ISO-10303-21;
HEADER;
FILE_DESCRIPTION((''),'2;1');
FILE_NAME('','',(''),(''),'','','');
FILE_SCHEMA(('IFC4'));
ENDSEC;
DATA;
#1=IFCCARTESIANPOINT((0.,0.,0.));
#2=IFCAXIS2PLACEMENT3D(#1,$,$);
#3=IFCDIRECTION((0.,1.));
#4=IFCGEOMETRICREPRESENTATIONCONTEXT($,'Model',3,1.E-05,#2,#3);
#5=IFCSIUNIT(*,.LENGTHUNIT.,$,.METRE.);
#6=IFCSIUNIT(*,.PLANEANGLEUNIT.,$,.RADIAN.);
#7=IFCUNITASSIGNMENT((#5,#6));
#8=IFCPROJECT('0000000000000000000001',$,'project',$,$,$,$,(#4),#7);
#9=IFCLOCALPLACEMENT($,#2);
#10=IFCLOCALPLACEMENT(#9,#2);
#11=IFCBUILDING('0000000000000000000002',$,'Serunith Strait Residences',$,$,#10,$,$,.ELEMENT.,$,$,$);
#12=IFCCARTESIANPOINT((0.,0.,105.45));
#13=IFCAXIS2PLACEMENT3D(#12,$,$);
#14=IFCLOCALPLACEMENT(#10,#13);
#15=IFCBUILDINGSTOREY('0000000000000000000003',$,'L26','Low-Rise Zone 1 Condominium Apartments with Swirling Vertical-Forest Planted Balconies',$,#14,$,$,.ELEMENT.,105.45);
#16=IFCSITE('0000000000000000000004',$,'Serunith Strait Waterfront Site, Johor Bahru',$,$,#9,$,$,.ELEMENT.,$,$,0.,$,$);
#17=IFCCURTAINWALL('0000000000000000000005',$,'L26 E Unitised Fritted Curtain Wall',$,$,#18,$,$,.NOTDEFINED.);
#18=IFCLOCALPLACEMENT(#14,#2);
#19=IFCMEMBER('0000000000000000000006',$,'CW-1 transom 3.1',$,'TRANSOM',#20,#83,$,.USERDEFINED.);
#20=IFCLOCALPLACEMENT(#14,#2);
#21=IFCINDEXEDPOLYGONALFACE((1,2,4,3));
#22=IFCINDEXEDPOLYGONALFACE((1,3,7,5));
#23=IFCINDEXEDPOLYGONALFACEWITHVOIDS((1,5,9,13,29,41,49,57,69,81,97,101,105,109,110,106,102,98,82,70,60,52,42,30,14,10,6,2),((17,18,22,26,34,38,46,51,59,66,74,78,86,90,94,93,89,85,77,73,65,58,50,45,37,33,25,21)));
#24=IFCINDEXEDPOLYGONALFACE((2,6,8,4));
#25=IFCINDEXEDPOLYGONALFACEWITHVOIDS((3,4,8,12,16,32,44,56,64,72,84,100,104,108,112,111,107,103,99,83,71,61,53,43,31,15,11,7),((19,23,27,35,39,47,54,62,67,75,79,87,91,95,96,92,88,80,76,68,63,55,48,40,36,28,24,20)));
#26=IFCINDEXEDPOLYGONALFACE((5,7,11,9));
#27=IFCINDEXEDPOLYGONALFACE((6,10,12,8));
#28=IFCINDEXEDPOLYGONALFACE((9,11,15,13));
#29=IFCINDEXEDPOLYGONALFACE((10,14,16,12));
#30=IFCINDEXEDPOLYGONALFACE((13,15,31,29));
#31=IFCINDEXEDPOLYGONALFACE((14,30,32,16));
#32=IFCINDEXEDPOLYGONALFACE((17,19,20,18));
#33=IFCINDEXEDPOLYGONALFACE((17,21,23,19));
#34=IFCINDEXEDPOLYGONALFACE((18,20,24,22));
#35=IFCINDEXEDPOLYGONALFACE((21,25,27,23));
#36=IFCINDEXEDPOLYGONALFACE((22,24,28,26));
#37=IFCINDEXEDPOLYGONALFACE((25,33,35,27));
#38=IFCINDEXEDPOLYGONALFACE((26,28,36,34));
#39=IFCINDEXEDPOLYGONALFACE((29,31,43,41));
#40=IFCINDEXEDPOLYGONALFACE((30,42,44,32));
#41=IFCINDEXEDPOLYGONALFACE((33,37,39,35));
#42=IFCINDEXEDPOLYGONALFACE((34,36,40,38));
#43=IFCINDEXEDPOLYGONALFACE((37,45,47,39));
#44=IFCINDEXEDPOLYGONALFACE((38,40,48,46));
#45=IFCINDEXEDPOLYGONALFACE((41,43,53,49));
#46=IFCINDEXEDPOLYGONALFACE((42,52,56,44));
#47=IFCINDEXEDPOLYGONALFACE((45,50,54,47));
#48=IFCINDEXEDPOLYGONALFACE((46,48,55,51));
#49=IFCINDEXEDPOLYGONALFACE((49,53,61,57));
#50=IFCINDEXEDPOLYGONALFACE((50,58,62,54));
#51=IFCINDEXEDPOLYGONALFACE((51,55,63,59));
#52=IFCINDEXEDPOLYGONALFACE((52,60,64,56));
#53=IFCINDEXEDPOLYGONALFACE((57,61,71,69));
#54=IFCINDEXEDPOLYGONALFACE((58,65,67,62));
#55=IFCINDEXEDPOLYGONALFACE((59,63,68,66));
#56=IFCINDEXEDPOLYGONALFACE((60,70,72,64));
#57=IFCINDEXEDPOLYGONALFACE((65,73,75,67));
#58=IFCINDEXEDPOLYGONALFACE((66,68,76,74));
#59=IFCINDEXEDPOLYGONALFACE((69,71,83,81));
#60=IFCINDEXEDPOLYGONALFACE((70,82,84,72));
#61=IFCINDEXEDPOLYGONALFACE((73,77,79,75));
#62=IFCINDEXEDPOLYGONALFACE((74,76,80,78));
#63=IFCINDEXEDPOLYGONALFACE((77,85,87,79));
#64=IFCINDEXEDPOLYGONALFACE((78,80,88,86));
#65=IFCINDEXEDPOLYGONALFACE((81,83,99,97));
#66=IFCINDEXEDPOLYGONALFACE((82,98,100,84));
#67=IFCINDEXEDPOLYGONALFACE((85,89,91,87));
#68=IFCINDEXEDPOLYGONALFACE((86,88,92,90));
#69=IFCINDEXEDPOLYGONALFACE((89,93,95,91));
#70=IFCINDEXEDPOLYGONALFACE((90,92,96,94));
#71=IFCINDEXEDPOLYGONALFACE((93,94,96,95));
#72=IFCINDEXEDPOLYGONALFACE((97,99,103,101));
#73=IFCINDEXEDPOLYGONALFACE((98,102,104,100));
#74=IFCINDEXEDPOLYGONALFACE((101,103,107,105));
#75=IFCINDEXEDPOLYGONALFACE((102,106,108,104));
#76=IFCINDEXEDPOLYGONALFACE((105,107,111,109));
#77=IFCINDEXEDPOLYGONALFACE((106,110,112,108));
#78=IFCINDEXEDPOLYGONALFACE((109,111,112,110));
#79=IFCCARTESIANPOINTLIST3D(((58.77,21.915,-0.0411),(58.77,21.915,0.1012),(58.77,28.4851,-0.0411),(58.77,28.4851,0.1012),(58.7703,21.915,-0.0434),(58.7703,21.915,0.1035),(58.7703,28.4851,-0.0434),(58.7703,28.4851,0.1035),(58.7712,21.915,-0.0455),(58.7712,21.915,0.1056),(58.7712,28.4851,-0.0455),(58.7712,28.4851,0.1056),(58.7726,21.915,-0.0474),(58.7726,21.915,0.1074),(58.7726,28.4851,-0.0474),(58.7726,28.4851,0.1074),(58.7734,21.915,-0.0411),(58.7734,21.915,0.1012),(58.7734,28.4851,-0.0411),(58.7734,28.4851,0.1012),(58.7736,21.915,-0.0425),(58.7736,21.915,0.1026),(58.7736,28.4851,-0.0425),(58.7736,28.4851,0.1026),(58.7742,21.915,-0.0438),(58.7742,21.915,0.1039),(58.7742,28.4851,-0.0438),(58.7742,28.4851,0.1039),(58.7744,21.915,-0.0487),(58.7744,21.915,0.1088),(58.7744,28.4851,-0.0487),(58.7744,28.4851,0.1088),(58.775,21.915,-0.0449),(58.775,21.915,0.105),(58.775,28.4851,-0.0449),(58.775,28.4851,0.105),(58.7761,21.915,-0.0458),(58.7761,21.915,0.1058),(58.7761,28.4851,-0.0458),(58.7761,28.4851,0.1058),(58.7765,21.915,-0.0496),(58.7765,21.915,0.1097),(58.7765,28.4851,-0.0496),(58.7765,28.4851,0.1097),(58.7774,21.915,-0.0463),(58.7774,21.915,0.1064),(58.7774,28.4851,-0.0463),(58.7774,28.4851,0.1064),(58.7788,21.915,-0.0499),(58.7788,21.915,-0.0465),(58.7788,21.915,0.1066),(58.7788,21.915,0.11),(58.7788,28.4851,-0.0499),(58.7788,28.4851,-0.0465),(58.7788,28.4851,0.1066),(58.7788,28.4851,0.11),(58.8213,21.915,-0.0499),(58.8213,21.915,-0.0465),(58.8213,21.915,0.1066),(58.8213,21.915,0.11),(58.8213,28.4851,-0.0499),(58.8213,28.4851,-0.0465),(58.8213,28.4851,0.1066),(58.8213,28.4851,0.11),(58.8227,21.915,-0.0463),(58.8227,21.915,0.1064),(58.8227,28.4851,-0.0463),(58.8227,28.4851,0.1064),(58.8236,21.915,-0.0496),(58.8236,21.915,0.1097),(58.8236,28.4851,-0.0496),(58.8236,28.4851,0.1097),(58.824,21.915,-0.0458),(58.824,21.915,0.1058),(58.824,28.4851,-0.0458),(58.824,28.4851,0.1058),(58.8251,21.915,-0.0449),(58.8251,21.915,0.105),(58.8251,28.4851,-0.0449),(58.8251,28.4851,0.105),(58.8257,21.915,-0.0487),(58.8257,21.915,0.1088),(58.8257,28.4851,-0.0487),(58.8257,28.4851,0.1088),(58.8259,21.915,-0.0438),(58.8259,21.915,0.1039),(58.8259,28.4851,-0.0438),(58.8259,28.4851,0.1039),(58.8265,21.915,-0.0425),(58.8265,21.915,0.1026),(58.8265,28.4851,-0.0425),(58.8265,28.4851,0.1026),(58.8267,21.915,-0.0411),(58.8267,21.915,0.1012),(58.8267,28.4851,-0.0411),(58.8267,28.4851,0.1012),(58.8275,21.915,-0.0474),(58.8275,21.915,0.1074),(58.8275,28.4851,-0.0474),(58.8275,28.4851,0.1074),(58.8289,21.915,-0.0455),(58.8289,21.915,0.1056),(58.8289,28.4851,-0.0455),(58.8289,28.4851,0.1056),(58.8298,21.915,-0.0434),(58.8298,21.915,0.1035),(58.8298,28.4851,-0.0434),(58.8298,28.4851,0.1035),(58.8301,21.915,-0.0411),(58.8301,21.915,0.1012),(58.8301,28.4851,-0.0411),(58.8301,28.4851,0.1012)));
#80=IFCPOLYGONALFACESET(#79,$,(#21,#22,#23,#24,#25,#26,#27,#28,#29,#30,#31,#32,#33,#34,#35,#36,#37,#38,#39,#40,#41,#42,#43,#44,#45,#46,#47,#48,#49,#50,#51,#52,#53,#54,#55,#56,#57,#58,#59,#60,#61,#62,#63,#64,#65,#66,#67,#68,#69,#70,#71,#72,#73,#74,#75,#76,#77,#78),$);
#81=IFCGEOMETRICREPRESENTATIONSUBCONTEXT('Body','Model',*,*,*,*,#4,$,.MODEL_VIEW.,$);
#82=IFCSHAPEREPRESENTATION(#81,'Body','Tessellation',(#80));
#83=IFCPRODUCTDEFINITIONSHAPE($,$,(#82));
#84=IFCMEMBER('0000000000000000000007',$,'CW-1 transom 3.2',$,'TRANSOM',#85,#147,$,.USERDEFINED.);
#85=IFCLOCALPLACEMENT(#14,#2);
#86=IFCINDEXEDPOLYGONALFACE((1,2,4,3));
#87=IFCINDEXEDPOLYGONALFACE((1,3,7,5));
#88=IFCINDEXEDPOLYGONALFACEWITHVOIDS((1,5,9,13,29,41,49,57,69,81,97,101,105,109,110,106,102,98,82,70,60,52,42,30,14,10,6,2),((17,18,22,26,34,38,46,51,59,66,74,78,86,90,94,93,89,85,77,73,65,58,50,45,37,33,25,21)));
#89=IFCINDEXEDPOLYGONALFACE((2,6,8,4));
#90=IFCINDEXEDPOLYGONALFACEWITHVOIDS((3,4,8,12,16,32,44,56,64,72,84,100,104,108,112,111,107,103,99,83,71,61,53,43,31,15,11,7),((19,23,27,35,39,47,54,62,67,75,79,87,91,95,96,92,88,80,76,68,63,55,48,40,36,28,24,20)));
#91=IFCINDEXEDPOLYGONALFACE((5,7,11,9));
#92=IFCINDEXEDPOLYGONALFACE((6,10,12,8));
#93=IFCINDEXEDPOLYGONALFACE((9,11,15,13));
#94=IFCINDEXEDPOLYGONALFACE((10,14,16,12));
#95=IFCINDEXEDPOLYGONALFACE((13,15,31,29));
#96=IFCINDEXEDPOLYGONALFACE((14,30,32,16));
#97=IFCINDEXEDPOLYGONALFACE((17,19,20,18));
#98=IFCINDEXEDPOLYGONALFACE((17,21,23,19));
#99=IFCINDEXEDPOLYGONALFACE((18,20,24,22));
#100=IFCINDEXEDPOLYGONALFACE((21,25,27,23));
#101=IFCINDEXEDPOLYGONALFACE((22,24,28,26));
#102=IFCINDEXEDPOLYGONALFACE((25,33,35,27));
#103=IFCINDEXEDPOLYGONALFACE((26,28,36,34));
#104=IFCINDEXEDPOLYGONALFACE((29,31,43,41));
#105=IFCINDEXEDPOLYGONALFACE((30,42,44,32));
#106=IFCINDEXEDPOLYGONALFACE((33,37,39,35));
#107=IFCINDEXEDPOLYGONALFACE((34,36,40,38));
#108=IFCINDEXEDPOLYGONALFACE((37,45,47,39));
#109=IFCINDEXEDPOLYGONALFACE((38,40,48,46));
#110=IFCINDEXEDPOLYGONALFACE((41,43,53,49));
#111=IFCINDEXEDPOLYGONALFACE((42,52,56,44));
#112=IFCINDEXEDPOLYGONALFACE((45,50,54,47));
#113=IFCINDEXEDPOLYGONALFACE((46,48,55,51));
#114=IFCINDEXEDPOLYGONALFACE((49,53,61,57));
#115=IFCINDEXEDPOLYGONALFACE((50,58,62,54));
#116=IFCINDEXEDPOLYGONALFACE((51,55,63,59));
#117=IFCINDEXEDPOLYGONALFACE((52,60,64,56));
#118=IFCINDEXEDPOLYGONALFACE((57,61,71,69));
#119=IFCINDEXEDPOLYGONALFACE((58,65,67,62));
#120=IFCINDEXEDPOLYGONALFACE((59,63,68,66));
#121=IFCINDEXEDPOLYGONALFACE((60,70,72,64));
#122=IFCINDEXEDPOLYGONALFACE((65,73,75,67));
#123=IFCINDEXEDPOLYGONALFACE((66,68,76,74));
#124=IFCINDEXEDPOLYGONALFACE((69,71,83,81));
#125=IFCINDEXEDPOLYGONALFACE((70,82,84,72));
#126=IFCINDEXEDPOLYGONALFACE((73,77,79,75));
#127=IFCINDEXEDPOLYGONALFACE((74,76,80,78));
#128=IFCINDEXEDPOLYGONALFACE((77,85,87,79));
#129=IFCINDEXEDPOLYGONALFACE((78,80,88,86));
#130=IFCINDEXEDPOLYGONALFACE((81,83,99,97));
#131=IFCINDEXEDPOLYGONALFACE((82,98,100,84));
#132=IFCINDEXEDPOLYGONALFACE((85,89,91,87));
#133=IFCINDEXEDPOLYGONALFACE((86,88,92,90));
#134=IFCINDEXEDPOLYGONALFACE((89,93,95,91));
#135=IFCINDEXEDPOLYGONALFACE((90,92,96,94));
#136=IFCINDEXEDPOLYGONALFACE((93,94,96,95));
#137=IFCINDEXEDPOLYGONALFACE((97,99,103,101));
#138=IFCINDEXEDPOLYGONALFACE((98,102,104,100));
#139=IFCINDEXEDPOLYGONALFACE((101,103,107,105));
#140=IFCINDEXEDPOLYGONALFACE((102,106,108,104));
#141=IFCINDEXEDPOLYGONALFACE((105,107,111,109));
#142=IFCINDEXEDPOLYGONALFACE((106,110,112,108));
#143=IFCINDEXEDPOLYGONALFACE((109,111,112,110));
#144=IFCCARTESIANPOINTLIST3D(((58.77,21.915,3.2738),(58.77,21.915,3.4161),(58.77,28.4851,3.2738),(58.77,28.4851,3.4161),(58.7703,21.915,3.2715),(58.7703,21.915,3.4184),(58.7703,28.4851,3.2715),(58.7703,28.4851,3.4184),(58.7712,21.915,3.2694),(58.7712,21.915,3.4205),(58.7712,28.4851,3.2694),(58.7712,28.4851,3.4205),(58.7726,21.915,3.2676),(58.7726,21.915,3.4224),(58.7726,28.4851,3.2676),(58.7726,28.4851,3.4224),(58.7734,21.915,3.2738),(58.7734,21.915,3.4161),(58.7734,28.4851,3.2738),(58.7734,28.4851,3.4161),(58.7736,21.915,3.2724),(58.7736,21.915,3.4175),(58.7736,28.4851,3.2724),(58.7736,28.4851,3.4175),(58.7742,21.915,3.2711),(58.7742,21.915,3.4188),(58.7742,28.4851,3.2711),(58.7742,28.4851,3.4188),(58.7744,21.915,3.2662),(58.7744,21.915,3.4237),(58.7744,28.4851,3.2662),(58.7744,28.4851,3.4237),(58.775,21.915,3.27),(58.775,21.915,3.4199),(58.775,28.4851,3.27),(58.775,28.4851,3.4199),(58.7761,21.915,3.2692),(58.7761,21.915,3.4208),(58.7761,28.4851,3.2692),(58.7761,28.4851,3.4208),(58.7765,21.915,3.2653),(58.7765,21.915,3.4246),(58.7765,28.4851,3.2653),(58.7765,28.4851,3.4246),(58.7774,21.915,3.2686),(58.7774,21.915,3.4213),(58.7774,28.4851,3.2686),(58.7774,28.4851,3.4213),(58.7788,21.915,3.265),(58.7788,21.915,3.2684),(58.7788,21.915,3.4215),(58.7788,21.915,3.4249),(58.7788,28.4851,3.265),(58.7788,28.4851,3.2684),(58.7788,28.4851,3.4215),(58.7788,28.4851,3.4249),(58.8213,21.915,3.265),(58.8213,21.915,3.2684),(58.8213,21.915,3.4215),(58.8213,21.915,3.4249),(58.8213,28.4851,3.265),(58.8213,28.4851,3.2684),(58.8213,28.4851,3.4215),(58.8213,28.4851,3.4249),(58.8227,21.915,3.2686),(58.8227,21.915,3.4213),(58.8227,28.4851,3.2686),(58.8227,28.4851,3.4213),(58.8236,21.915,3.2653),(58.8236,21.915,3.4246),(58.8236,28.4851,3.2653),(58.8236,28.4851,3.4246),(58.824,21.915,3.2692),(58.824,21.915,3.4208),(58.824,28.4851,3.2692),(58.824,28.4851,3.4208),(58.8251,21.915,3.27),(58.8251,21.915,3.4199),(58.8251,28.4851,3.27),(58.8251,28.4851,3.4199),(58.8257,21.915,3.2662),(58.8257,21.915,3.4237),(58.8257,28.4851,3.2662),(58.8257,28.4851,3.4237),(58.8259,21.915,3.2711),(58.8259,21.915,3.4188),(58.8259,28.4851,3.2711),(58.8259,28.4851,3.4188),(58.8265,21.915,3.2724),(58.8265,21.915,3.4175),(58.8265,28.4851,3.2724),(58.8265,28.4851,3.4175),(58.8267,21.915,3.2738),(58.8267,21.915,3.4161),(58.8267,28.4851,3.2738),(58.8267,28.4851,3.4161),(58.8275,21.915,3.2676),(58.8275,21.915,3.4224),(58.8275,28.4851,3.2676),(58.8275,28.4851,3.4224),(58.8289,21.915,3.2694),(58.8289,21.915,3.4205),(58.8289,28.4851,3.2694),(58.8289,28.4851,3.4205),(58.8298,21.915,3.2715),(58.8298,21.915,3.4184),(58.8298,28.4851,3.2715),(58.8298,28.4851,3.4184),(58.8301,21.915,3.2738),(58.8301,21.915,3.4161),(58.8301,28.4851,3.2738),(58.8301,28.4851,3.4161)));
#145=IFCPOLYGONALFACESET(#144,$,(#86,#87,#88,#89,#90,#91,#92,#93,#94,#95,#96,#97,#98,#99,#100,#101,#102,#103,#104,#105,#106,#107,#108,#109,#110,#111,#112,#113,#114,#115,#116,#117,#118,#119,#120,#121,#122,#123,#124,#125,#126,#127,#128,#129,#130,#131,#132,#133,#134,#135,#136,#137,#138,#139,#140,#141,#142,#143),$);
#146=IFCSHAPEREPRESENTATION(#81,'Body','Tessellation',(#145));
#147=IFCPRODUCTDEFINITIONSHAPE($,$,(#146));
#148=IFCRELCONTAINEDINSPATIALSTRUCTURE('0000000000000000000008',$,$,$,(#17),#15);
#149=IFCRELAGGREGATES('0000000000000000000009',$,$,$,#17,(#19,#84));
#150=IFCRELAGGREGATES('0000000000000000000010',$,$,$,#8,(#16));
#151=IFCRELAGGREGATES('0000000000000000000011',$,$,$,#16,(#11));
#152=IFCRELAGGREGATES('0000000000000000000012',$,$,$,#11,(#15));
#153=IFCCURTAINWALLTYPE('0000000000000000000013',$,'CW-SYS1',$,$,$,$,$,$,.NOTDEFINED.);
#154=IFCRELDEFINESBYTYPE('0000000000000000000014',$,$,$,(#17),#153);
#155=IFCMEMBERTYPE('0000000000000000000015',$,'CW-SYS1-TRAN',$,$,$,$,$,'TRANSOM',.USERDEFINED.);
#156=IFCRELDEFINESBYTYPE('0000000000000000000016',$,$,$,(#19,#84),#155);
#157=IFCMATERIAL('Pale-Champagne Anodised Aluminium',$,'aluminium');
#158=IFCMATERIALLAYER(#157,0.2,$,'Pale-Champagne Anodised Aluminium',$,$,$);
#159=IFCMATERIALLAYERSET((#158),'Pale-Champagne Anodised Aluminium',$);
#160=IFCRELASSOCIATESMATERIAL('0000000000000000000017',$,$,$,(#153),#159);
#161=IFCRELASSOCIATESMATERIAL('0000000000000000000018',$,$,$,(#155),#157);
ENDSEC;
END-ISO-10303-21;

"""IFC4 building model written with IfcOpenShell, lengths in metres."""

from ifc_helpers import new_model, si_unit, direction, frame, origin, origin_2d, place, context, subcontext, project, spatial, hollow_rectangle, extrude, source, transform, mapped, material, layer, layer_set, material_profile, profile_set, type_object, element, aggregate, save


model = new_model("IFC4")

# Units and contexts
model_context = context("Model", 3, precision=1e-05, world=origin(), true_north=direction((0.0, 1.0)))
body_context = subcontext(model_context, "Body", "Model", "MODEL_VIEW")
ifc_project = project(units=[si_unit("LENGTHUNIT", "METRE"), si_unit("PLANEANGLEUNIT", "RADIAN")], contexts=[model_context])

# Site, building, storey
site_placement = place(None, origin())
site = spatial("IfcSite", under=ifc_project, at=site_placement, Name="Serunith Strait Waterfront Site, Johor Bahru", CompositionType="ELEMENT", RefElevation=0.0)
building_placement = place(site_placement, origin())
building = spatial("IfcBuilding", under=site, at=building_placement, Name="Serunith Strait Residences", CompositionType="ELEMENT")
storey_placement = place(building_placement, frame((0.0, 0.0, 105.45)))
storey = spatial("IfcBuildingStorey", under=building, at=storey_placement, Name="L26", Description="Low-Rise Zone 1 Condominium Apartments with Swirling Vertical-Forest Planted Balconies", CompositionType="ELEMENT", Elevation=105.45)

# Curtain wall, members
ifc_material_1 = material(Name="Pale-Champagne Anodised Aluminium", Category="aluminium")
ifc_layer_1 = layer(ifc_material_1, 0.2, Name="Pale-Champagne Anodised Aluminium")
ifc_layer_set_1 = layer_set([ifc_layer_1], Name="Pale-Champagne Anodised Aluminium")
curtain_wall_type = type_object("IfcCurtainWallType", Name="CW-SYS1", PredefinedType="NOTDEFINED", material=ifc_layer_set_1)
curtain_wall_placement = place(storey_placement, origin())
curtain_wall = element("IfcCurtainWall", 1, at=curtain_wall_placement, inside=storey, type_object=curtain_wall_type, Name="L26 E Unitised Fritted Curtain Wall", PredefinedType="NOTDEFINED")
ifc_material_profile_1 = material_profile(ifc_material_1, hollow_rectangle(XDim=0.0601, YDim=0.1599, WallThickness=0.0034, InnerFilletRadius=0.0054, OuterFilletRadius=0.0088, at=origin_2d()), Name="ALU 160x60x3.5")
ifc_profile_set_1 = profile_set([ifc_material_profile_1], Name="Pale-Champagne Anodised Aluminium")
member_type_1 = type_object("IfcMemberType", Name="CW-SYS1-TRAN", ElementType="TRANSOM", PredefinedType="USERDEFINED", material=ifc_profile_set_1)
shared_shape_1 = source(origin(), body_context, "Body", "SweptSolid", [
    extrude(hollow_rectangle(XDim=0.0601, YDim=0.1599, WallThickness=0.0034, InnerFilletRadius=0.0054, OuterFilletRadius=0.0088, at=origin_2d()), origin(), (0.0, 0.0, 1.0), 6.5701),
])
member_1_placement = place(storey_placement, frame((58.8, 21.915, 0.03), z_axis=(0.0, 1.0, 0.0), x_axis=(-1.0, 0.0, 0.0)))
member_1 = element("IfcMember", 2, at=member_1_placement, type_object=member_type_1, Name="CW-1 transom 3.1", ObjectType="TRANSOM", PredefinedType="USERDEFINED", context=body_context, shape_type="MappedRepresentation", body=[
    mapped(shared_shape_1, transform((0.0, 0.0, 0.0), scale=1.0)),
])
member_2_placement = place(storey_placement, frame((58.8, 21.915, 3.345), z_axis=(0.0, 1.0, 0.0), x_axis=(-1.0, 0.0, 0.0)))
member_2 = element("IfcMember", 3, at=member_2_placement, type_object=member_type_1, Name="CW-1 transom 3.2", ObjectType="TRANSOM", PredefinedType="USERDEFINED", context=body_context, shape_type="MappedRepresentation", body=[
    mapped(shared_shape_1, transform((0.0, 0.0, 0.0), scale=1.0)),
])
aggregate(curtain_wall, [member_1, member_2])

save(model, "model.ifc")
